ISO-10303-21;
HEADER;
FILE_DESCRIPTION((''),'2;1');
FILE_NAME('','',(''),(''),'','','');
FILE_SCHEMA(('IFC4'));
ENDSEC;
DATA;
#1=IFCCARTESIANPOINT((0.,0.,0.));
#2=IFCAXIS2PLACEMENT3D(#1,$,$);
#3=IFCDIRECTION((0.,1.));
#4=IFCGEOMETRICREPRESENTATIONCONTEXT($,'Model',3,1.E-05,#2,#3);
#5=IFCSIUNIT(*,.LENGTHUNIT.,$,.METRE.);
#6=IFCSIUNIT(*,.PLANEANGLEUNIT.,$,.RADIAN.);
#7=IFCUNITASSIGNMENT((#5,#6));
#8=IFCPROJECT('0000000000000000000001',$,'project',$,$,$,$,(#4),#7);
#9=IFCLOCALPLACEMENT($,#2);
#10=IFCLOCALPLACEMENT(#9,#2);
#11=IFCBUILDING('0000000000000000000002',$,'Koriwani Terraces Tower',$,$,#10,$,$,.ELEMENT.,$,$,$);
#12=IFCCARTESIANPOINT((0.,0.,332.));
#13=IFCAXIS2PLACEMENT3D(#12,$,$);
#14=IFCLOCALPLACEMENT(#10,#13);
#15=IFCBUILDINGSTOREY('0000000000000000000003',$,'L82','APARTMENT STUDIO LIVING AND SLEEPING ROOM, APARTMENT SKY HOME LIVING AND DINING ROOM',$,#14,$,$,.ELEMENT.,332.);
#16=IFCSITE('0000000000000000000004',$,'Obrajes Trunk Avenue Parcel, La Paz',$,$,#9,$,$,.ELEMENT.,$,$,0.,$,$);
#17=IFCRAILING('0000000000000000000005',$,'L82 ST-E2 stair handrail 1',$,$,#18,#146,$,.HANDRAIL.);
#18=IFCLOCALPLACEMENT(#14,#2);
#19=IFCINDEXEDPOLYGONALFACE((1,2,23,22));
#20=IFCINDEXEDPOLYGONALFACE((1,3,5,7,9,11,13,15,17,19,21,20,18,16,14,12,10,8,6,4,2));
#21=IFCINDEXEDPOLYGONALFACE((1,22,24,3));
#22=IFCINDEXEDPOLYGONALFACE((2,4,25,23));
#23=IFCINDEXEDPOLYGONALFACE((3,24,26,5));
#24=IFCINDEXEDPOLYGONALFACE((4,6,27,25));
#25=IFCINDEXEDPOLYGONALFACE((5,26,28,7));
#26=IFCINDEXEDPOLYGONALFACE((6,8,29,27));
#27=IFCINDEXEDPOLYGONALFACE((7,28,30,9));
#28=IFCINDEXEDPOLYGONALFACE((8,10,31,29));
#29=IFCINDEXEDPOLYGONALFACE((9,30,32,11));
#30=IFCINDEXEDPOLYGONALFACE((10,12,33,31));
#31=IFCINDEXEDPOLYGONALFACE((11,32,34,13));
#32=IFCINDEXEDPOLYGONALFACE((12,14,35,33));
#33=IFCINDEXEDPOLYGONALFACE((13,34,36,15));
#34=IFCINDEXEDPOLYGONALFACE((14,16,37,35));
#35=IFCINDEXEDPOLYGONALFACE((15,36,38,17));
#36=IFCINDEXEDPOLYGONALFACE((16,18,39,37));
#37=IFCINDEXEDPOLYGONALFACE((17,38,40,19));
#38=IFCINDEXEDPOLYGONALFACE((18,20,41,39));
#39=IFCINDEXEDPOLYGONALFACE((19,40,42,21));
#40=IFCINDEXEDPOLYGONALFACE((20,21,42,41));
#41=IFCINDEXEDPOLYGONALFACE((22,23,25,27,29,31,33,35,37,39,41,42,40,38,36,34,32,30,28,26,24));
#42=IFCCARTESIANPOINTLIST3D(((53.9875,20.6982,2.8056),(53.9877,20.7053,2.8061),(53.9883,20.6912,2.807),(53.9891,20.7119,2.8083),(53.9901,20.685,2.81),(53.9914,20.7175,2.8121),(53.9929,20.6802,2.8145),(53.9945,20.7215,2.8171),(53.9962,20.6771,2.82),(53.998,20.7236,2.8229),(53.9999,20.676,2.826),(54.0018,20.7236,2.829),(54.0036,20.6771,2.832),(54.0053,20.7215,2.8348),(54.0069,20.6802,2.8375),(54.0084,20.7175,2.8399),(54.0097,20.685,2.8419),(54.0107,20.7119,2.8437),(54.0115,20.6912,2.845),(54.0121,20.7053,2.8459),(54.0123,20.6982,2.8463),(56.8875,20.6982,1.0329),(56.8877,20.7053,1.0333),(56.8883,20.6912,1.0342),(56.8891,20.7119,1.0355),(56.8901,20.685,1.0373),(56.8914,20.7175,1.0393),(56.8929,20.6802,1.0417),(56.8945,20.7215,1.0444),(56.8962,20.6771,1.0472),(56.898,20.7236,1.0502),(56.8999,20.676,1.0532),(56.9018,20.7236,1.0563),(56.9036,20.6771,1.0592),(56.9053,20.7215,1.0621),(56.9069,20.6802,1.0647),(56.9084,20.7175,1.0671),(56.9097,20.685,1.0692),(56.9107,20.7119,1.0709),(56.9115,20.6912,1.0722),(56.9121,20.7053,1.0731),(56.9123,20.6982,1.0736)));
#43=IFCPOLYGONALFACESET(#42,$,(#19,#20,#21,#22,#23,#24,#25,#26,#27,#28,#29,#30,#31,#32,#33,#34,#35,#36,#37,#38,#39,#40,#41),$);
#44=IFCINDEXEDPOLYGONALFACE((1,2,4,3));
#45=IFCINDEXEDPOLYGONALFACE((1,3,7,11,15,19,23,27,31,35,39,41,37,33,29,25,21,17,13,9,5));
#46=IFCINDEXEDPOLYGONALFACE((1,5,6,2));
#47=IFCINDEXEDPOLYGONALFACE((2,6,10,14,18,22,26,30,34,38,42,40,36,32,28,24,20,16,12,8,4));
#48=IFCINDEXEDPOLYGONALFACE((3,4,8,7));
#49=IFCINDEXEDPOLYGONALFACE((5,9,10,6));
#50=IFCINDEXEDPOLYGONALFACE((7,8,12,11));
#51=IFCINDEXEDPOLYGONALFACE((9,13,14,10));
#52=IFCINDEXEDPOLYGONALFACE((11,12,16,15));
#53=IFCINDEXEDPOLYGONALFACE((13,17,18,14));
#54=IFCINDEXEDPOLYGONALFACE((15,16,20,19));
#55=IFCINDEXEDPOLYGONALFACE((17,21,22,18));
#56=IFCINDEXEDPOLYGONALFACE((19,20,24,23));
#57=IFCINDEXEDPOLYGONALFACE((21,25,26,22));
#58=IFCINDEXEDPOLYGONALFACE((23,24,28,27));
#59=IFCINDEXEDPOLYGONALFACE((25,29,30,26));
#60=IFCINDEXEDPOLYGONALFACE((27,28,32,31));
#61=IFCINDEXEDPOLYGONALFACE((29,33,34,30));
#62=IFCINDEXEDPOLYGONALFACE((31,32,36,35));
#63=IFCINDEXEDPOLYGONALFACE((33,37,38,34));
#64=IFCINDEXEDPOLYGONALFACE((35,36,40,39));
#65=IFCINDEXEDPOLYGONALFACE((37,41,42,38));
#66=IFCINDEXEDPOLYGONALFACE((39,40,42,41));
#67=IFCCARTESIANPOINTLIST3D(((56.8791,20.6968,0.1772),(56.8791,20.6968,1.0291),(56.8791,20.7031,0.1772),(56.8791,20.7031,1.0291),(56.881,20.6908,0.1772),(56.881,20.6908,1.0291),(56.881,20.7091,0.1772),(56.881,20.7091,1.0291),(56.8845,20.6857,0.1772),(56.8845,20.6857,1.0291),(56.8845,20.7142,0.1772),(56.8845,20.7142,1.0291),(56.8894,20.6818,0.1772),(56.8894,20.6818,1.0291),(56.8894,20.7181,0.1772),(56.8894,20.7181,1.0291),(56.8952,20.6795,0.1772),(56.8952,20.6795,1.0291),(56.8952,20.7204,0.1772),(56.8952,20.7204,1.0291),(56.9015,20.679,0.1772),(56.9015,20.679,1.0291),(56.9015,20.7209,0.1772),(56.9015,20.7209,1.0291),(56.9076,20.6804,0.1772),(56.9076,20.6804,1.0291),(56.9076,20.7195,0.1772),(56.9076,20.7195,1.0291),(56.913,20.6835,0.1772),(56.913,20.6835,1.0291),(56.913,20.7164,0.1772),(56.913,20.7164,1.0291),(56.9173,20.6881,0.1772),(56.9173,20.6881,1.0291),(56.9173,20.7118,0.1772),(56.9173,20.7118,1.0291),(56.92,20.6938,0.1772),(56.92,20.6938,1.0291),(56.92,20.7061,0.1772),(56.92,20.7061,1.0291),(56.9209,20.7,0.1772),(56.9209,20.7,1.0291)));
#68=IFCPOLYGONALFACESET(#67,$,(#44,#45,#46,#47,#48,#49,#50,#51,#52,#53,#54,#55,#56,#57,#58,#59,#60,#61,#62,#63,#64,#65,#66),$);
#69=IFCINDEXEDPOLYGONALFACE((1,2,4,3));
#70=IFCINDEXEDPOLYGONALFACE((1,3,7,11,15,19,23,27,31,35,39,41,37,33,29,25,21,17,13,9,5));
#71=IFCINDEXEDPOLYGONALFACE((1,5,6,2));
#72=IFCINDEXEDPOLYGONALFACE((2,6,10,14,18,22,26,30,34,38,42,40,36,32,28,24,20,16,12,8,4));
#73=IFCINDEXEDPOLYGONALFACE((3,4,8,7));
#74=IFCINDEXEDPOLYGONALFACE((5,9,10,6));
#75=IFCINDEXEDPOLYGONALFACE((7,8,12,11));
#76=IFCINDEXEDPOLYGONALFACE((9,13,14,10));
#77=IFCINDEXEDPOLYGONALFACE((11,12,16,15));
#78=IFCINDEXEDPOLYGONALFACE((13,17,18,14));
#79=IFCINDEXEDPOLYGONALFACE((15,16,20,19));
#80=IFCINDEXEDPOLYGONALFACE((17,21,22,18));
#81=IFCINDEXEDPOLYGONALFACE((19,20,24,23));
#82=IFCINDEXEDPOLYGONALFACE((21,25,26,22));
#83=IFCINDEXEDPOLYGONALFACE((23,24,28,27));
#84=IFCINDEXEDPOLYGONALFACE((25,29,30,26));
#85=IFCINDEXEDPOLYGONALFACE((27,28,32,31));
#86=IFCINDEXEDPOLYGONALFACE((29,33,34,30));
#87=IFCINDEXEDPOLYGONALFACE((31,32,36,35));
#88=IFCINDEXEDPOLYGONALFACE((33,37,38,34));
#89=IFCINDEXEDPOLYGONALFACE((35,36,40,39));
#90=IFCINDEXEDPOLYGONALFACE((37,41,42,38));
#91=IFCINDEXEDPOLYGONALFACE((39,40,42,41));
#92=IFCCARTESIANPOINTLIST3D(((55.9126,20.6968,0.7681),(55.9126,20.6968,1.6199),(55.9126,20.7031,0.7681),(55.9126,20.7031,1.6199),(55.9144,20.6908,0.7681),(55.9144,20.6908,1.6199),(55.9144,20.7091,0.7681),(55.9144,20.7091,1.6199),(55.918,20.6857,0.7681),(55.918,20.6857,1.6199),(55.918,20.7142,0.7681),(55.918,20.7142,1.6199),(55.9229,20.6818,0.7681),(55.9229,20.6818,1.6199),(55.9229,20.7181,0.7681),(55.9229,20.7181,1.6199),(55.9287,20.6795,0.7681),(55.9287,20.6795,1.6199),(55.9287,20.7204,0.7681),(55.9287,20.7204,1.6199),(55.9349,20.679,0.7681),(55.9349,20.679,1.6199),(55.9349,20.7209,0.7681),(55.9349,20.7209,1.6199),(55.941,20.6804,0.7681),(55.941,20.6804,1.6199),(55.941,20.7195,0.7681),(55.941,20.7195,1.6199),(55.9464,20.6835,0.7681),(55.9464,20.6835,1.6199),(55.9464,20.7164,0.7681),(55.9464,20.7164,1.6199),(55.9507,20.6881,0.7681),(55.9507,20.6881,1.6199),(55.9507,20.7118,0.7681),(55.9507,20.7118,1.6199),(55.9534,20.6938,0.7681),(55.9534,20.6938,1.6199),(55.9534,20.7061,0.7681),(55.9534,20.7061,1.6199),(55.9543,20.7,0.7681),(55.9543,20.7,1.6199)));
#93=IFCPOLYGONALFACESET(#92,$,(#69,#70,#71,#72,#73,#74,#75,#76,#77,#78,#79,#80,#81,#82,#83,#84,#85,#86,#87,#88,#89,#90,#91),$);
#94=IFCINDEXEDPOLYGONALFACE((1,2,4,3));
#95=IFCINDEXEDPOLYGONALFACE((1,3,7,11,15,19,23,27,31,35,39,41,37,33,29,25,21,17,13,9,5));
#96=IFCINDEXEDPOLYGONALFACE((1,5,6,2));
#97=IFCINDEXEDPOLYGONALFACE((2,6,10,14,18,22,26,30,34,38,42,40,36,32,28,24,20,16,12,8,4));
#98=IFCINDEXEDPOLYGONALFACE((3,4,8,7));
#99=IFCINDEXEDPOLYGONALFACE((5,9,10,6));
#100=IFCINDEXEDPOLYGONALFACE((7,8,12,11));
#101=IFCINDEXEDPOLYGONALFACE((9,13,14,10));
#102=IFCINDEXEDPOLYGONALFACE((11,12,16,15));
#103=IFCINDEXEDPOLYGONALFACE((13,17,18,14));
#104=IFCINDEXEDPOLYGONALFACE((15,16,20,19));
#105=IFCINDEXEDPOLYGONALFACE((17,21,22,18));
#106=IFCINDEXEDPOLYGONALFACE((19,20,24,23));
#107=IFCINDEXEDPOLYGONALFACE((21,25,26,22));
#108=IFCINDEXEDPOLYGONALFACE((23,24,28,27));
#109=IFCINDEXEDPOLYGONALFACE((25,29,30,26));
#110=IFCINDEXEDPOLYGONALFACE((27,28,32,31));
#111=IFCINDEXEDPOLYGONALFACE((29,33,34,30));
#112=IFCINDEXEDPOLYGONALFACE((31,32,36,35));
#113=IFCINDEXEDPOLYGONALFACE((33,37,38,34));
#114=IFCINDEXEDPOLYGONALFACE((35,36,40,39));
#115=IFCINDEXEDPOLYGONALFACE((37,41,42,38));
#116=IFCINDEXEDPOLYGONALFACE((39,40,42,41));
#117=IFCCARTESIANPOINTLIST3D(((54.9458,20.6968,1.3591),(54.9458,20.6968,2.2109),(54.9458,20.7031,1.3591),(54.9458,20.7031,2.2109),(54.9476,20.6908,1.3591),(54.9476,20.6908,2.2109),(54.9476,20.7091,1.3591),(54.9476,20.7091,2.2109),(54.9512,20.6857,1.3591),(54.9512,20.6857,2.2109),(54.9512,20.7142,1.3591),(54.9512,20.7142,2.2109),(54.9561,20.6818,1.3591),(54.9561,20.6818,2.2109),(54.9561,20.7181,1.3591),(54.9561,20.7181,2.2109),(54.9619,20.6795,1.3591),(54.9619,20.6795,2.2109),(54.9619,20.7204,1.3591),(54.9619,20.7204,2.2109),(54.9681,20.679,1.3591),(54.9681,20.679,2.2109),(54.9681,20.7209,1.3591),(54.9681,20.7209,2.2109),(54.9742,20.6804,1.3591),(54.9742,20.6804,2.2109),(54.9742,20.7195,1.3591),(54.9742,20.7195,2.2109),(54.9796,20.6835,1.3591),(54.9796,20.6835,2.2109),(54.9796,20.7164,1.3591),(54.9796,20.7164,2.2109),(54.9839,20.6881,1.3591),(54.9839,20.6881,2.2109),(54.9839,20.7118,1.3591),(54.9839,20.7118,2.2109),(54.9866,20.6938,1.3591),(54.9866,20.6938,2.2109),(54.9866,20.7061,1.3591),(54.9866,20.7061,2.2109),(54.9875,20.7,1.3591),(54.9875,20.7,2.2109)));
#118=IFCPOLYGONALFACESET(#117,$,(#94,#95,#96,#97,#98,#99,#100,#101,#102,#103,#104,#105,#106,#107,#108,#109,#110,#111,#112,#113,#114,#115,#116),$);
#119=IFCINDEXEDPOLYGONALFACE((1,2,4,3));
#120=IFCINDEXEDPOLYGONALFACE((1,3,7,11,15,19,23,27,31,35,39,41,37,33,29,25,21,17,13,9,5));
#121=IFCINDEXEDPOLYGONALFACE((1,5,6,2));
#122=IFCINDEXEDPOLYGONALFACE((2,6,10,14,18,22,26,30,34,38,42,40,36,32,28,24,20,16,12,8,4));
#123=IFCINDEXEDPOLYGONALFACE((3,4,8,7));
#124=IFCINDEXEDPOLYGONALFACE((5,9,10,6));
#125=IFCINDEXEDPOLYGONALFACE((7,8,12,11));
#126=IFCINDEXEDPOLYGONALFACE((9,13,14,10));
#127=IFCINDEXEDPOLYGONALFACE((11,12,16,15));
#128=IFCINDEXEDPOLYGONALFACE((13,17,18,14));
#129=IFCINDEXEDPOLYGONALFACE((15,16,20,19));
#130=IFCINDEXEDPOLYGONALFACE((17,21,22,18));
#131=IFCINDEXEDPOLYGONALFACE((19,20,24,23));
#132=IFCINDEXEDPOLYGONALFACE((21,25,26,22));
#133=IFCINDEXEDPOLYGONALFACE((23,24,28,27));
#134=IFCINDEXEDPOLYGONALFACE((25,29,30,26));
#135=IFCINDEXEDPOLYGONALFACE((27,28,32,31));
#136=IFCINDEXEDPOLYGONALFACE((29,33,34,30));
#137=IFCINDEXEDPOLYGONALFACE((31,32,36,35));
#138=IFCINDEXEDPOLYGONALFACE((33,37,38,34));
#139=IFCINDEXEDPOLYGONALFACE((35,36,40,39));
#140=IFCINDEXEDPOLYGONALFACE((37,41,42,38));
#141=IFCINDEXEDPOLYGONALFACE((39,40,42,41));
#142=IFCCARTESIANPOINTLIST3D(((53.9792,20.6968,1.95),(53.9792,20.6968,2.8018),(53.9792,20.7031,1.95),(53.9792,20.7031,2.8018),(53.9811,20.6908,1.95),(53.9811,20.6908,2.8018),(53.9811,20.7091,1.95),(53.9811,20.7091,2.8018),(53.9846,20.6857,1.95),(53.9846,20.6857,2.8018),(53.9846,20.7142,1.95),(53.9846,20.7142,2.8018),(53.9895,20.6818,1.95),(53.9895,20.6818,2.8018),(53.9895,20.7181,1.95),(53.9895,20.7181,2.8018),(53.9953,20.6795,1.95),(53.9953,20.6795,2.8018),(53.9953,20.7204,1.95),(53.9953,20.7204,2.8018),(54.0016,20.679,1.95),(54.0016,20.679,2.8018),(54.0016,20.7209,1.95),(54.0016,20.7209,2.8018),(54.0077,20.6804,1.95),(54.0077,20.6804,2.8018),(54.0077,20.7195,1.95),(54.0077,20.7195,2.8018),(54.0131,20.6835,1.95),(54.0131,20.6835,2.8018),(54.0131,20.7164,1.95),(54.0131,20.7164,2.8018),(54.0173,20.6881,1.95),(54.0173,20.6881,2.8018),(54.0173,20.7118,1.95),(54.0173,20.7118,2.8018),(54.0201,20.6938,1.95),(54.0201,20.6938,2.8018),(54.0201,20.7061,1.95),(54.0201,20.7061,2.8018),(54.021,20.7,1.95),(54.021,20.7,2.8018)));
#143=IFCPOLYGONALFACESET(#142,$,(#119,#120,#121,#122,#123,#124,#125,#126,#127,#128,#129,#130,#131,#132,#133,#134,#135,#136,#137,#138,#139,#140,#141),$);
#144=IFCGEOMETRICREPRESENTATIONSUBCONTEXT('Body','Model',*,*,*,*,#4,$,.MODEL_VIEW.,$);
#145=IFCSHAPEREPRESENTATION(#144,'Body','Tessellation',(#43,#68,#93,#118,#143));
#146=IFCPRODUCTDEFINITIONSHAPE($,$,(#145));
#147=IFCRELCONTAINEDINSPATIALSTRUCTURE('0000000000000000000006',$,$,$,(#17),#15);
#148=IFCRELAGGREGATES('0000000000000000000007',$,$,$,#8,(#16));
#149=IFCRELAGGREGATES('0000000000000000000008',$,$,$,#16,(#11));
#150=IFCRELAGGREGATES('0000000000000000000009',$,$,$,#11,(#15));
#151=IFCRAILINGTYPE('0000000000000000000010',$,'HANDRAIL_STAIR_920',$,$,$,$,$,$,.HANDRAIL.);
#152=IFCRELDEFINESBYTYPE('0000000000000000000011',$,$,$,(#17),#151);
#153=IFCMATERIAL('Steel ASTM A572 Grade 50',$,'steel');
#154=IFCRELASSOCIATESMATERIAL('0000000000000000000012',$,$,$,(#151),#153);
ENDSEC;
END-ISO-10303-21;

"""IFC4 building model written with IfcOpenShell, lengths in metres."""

from ifc_helpers import new_model, si_unit, direction, frame, origin, origin_2d, place, context, subcontext, project, spatial, circle, extrude, material, type_object, element, save


model = new_model("IFC4")

# Units and contexts
model_context = context("Model", 3, precision=1e-05, world=origin(), true_north=direction((0.0, 1.0)))
body_context = subcontext(model_context, "Body", "Model", "MODEL_VIEW")
ifc_project = project(units=[si_unit("LENGTHUNIT", "METRE"), si_unit("PLANEANGLEUNIT", "RADIAN")], contexts=[model_context])

# Site, building, storey
site_placement = place(None, origin())
site = spatial("IfcSite", under=ifc_project, at=site_placement, Name="Obrajes Trunk Avenue Parcel, La Paz", CompositionType="ELEMENT", RefElevation=0.0)
building_placement = place(site_placement, origin())
building = spatial("IfcBuilding", under=site, at=building_placement, Name="Koriwani Terraces Tower", CompositionType="ELEMENT")
storey_placement = place(building_placement, frame((0.0, 0.0, 332.0)))
storey = spatial("IfcBuildingStorey", under=building, at=storey_placement, Name="L82", Description="APARTMENT STUDIO LIVING AND SLEEPING ROOM, APARTMENT SKY HOME LIVING AND DINING ROOM", CompositionType="ELEMENT", Elevation=332.0)

# Shared definitions
ifc_material_1 = material(Name="Steel ASTM A572 Grade 50", Category="steel")

# Railing
railing_type_1 = type_object("IfcRailingType", Name="HANDRAIL_STAIR_920", PredefinedType="HANDRAIL", material=ifc_material_1)
for number, where, name in (
    (1, (56.8999, 20.7, 0.1772), "L82 ST-E2 stair handrail 1"),
):
    element("IfcRailing", number, at=place(storey_placement, frame(where)), inside=storey, type_object=railing_type_1, Name=name, PredefinedType="HANDRAIL", context=body_context, shape_type="SweptSolid", body=[
        extrude(circle(Radius=0.0239, at=origin_2d()), frame((0.0, 0.0, 0.876), z_axis=(-0.853211, 0.0, 0.521566), x_axis=(0.0, -1.0, 0.0)), (0.0, 0.0, 1.0), 3.3989),
        extrude(circle(Radius=0.021, at=origin_2d()), origin(), (0.0, 0.0, 1.0), 0.8518),
        extrude(circle(Radius=0.021, at=origin_2d()), frame((-0.9666, 0.0, 0.5908)), (0.0, 0.0, 1.0), 0.8518),
        extrude(circle(Radius=0.021, at=origin_2d()), frame((-1.9333, 0.0, 1.1819)), (0.0, 0.0, 1.0), 0.8518),
        extrude(circle(Radius=0.021, at=origin_2d()), frame((-2.8999, 0.0, 1.7727)), (0.0, 0.0, 1.0), 0.8518),
    ])

save(model, "model.ifc")
